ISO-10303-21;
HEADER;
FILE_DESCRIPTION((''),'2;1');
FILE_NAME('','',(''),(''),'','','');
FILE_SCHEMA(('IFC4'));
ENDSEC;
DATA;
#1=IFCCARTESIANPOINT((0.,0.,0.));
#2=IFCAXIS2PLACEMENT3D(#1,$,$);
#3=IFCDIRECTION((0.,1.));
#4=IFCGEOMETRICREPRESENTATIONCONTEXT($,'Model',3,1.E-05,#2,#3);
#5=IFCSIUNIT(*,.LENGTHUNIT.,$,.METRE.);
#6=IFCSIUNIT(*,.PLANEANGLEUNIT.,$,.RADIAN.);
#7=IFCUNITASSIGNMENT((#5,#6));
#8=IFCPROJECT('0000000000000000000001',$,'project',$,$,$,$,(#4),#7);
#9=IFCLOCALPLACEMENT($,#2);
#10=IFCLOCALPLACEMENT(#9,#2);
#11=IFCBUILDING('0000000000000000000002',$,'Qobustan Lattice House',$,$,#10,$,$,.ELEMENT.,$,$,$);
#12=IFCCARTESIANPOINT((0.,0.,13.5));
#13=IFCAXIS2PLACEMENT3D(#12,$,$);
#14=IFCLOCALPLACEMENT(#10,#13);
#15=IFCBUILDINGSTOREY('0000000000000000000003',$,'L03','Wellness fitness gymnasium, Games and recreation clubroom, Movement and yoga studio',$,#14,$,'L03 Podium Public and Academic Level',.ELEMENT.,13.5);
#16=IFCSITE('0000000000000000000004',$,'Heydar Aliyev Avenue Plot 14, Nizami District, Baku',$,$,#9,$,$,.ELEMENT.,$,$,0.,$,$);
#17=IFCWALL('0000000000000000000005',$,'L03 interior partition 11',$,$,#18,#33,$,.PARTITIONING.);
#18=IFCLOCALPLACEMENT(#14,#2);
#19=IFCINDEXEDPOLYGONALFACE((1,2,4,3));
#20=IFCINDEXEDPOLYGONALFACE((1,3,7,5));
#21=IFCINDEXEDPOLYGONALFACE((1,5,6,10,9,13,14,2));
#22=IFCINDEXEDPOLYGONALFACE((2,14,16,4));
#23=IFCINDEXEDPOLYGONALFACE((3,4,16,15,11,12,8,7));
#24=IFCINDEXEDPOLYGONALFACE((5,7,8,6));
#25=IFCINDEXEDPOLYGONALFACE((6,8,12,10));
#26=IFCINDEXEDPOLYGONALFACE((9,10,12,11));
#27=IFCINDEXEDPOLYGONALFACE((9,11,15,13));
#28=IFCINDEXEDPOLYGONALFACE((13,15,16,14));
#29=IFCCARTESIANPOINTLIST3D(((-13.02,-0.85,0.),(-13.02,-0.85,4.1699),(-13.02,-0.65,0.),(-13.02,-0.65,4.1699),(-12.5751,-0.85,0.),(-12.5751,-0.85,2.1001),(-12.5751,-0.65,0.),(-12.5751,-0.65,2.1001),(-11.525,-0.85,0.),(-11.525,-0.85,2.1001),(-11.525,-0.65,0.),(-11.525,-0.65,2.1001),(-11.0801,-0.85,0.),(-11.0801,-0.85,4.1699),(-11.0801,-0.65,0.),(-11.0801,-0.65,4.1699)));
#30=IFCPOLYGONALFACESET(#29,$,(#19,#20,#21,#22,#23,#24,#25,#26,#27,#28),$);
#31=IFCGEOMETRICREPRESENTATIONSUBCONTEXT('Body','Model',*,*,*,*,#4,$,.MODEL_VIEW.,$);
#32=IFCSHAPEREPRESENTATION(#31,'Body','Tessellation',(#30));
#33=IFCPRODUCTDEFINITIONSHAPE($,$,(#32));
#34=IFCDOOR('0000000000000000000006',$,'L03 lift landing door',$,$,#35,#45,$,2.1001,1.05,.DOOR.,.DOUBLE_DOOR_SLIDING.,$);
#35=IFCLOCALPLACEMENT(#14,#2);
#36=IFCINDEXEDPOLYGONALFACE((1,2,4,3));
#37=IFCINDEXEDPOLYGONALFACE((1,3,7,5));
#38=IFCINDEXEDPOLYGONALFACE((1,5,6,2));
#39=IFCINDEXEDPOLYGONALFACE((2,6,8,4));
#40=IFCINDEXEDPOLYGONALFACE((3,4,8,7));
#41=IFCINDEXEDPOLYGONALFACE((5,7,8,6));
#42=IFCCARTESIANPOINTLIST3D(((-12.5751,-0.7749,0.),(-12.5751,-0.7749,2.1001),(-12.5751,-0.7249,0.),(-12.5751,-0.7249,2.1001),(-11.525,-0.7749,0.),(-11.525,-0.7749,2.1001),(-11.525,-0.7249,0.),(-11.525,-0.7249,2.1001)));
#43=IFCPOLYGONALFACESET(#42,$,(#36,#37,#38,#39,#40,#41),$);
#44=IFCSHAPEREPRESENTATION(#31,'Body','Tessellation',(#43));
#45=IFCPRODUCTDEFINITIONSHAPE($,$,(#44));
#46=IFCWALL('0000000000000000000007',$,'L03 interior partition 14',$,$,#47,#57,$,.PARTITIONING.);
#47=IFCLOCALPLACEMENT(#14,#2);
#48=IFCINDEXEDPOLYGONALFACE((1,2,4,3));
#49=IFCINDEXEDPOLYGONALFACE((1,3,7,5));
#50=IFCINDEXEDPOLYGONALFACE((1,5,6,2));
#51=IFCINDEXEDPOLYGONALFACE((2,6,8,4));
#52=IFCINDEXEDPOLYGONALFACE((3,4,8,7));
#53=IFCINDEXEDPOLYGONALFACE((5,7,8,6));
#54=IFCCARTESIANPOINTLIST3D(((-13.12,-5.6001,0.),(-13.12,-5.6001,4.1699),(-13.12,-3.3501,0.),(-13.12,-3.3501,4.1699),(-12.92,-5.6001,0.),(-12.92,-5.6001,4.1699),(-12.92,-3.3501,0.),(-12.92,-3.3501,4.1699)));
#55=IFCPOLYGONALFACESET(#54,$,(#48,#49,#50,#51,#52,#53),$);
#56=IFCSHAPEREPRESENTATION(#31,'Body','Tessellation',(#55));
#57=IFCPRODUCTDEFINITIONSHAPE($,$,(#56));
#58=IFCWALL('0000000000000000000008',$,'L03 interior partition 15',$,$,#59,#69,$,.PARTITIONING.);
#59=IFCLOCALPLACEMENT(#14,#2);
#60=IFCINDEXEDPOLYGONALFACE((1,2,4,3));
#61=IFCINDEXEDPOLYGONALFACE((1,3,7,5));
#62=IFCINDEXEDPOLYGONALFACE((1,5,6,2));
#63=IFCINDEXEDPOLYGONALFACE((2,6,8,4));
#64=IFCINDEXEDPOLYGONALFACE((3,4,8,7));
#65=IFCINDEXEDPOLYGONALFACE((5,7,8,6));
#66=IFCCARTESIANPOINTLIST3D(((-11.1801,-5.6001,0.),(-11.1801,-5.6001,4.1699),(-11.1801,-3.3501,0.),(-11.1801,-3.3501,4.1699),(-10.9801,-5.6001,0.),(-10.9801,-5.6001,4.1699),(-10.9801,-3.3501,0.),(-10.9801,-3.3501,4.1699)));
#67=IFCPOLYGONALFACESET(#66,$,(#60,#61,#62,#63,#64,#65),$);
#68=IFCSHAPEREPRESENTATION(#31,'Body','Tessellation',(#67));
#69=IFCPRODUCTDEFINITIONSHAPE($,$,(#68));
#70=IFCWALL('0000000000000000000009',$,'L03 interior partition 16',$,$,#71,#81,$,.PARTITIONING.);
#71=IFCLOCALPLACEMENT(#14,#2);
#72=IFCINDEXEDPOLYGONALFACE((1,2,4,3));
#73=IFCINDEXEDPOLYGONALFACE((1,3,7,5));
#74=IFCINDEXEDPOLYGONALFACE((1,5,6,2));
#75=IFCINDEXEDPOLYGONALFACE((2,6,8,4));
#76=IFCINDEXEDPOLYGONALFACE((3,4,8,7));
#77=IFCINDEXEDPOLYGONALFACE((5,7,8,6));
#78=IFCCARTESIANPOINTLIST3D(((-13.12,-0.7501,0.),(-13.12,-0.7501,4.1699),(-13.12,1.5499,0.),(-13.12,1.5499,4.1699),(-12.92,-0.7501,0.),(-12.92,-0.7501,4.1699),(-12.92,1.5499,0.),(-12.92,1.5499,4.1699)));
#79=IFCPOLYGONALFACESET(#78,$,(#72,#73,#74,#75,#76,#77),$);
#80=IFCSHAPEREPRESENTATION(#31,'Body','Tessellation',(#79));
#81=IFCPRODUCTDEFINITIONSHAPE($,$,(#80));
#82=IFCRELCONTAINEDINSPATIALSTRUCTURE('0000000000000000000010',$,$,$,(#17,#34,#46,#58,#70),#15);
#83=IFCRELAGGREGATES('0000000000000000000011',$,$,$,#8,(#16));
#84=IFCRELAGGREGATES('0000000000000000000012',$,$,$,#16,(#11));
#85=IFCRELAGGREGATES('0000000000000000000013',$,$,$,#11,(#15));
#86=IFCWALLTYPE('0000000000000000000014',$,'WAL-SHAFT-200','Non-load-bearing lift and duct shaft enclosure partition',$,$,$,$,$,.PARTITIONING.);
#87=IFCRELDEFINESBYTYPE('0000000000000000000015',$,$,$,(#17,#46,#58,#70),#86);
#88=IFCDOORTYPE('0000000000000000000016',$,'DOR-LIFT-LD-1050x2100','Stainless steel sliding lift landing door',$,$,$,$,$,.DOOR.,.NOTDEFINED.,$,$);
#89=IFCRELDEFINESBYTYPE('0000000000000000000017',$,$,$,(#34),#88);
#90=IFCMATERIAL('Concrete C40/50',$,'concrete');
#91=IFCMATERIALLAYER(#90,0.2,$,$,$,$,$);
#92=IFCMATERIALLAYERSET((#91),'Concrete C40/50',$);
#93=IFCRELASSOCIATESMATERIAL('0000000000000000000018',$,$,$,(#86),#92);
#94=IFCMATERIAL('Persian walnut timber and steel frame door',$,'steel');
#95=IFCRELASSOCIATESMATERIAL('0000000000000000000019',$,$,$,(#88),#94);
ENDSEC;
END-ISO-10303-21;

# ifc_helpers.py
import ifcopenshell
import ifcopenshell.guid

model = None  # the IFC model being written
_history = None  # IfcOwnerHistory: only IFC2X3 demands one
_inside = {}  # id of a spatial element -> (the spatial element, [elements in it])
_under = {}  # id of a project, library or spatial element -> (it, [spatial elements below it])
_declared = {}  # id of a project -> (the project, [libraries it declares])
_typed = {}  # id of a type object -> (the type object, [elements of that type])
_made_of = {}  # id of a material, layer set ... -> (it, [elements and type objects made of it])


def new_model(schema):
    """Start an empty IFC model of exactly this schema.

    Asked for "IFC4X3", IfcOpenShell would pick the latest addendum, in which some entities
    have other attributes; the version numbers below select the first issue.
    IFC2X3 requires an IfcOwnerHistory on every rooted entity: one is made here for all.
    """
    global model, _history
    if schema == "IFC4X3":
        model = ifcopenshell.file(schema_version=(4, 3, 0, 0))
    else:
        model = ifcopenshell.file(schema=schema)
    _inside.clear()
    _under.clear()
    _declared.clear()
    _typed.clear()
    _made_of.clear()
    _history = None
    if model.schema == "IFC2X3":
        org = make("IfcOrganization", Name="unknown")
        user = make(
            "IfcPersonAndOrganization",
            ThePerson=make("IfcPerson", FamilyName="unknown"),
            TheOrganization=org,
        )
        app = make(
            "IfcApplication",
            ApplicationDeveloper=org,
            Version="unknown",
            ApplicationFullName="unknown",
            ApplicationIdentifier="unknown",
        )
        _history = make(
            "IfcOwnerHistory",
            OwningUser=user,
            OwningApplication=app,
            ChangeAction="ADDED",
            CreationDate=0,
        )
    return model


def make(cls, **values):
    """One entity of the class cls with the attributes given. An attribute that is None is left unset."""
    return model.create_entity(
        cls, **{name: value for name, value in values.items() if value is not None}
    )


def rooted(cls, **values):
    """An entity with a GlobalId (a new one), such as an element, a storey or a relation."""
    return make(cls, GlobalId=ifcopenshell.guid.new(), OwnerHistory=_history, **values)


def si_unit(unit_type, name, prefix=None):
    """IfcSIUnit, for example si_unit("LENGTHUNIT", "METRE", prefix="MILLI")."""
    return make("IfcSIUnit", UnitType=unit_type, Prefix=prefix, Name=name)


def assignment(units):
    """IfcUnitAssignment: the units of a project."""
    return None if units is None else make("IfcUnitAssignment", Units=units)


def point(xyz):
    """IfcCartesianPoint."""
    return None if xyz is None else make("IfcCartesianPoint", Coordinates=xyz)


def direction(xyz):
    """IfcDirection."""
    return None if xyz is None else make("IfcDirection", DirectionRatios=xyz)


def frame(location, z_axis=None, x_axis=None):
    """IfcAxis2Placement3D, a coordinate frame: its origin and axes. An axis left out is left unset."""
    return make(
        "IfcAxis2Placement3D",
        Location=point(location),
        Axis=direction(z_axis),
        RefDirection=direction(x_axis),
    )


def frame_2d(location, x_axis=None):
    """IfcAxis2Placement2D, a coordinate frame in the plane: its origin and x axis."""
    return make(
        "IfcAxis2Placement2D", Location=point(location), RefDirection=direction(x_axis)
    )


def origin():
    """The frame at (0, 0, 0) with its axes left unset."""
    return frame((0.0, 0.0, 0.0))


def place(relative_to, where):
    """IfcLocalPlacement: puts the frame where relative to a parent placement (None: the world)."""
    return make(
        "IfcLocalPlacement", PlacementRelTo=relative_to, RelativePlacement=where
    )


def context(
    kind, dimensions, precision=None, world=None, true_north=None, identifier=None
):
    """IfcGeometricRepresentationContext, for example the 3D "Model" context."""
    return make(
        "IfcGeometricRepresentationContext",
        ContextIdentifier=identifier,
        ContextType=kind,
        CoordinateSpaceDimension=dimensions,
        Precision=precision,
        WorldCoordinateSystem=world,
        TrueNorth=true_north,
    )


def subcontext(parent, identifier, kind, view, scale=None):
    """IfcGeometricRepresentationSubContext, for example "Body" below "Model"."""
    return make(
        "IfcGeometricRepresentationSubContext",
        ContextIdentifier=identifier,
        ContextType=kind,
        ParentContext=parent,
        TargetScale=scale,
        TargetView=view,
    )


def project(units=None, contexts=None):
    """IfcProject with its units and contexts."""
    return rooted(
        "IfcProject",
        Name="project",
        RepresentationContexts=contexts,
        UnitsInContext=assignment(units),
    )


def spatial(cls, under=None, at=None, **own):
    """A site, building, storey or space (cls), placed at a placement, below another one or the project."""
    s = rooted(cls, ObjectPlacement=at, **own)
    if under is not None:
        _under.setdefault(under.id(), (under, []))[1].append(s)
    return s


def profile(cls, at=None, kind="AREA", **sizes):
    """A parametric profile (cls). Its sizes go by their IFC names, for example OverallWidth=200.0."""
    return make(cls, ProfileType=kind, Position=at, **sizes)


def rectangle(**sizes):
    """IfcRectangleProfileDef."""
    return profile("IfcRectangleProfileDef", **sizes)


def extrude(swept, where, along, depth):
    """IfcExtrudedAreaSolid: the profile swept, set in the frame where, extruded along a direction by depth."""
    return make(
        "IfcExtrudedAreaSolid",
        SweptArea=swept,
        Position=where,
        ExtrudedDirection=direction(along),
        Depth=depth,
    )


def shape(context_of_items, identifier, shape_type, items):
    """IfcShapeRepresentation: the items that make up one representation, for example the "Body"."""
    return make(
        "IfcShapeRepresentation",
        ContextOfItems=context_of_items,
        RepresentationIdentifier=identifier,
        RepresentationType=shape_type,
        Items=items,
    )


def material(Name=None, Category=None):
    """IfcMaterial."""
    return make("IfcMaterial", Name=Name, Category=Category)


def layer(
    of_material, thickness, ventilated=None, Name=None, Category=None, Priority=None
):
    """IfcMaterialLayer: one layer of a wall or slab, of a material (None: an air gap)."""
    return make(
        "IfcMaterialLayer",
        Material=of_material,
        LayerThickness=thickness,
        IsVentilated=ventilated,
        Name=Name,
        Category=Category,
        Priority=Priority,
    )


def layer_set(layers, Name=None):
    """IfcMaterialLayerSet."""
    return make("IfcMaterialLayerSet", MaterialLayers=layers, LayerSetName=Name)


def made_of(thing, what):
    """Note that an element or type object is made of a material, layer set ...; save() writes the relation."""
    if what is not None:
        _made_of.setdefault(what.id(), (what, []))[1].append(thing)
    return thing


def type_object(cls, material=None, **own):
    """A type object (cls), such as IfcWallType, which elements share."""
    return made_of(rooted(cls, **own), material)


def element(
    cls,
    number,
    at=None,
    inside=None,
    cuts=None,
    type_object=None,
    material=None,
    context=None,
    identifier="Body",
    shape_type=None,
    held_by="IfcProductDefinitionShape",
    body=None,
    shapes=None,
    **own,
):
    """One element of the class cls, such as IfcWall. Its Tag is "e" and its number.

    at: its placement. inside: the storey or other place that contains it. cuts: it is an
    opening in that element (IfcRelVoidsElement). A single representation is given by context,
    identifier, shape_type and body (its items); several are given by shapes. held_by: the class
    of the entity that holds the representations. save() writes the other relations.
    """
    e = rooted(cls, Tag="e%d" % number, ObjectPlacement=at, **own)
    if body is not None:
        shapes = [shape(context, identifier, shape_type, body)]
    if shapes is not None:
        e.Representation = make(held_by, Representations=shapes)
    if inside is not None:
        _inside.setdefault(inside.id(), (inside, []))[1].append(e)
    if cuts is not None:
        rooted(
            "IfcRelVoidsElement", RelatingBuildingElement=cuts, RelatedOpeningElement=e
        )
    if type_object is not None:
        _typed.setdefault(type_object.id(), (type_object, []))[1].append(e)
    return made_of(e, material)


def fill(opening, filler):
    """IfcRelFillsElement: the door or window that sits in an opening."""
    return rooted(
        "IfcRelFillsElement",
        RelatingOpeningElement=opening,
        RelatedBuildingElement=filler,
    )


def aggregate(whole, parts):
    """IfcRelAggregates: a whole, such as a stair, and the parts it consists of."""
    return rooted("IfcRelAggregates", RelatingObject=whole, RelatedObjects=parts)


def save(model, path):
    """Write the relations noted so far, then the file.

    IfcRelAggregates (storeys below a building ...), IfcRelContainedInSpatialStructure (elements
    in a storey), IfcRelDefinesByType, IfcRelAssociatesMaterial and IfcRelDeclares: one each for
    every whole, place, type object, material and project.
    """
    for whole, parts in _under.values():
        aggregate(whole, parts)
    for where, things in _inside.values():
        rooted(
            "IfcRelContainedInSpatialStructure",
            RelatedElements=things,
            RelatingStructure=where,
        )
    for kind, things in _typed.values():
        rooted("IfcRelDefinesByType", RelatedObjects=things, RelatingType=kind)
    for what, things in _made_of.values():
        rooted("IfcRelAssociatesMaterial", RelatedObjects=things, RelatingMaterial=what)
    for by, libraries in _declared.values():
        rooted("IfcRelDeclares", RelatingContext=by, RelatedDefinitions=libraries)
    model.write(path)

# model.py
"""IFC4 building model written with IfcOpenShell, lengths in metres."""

from ifc_helpers import new_model, si_unit, direction, frame, frame_2d, origin, place, context, subcontext, project, spatial, rectangle, extrude, material, layer, layer_set, type_object, element, fill, save


model = new_model("IFC4")

# Units and contexts
model_context = context("Model", 3, precision=1e-05, world=origin(), true_north=direction((0.0, 1.0)))
body_context = subcontext(model_context, "Body", "Model", "MODEL_VIEW")
ifc_project = project(units=[si_unit("LENGTHUNIT", "METRE"), si_unit("PLANEANGLEUNIT", "RADIAN")], contexts=[model_context])

# Site, building, storey
site_placement = place(None, origin())
site = spatial("IfcSite", under=ifc_project, at=site_placement, Name="Heydar Aliyev Avenue Plot 14, Nizami District, Baku", CompositionType="ELEMENT", RefElevation=0.0)
building_placement = place(site_placement, origin())
building = spatial("IfcBuilding", under=site, at=building_placement, Name="Qobustan Lattice House", CompositionType="ELEMENT")
storey_placement = place(building_placement, frame((0.0, 0.0, 13.5)))
storey = spatial("IfcBuildingStorey", under=building, at=storey_placement, Name="L03", Description="Wellness fitness gymnasium, Games and recreation clubroom, Movement and yoga studio", LongName="L03 Podium Public and Academic Level", CompositionType="ELEMENT", Elevation=13.5)

# Shared definitions
ifc_material_1 = material(Name="Concrete C40/50", Category="concrete")
ifc_layer_1 = layer(ifc_material_1, 0.2)
ifc_layer_set_1 = layer_set([ifc_layer_1], Name="Concrete C40/50")
wall_type_1 = type_object("IfcWallType", Name="WAL-SHAFT-200", Description="Non-load-bearing lift and duct shaft enclosure partition", PredefinedType="PARTITIONING", material=ifc_layer_set_1)

# Shared definitions
ifc_material_2 = material(Name="Persian walnut timber and steel frame door", Category="steel")
door_type_1 = type_object("IfcDoorType", Name="DOR-LIFT-LD-1050x2100", Description="Stainless steel sliding lift landing door", OperationType="NOTDEFINED", PredefinedType="DOOR", material=ifc_material_2)

# Wall, opening, door
wall_1_placement = place(storey_placement, frame((-11.0801, -0.75, 0.0), z_axis=(0.0, 0.0, 1.0), x_axis=(-1.0, 0.0, 0.0)))
wall_1 = element("IfcWall", 1, at=wall_1_placement, inside=storey, type_object=wall_type_1, Name="L03 interior partition 11", PredefinedType="PARTITIONING", context=body_context, shape_type="SweptSolid", body=[
    extrude(rectangle(XDim=1.9399, YDim=0.2, at=frame_2d((0.97, 0.0))), origin(), (0.0, 0.0, 1.0), 4.1699),
])
opening_1_placement = place(wall_1_placement, frame((0.4451, 0.0, 0.0)))
opening_1 = element("IfcOpeningElement", 2, at=opening_1_placement, cuts=wall_1, PredefinedType="OPENING", context=body_context, shape_type="SweptSolid", body=[
    extrude(rectangle(XDim=1.05, YDim=2.1001, at=frame_2d((0.5249, 1.05))), frame((0.0, 0.1099, 0.0), z_axis=(0.0, -1.0, 0.0), x_axis=(1.0, 0.0, 0.0)), (0.0, 0.0, 1.0), 0.22),
])
door_1_placement = place(opening_1_placement, origin())
door_1 = element("IfcDoor", 3, at=door_1_placement, inside=storey, type_object=door_type_1, Name="L03 lift landing door", OperationType="DOUBLE_DOOR_SLIDING", OverallHeight=2.1001, OverallWidth=1.05, PredefinedType="DOOR", context=body_context, shape_type="SweptSolid", body=[
    extrude(rectangle(XDim=1.05, YDim=2.1001, at=frame_2d((0.5249, 1.05))), frame((0.0, 0.0249, 0.0), z_axis=(0.0, -1.0, 0.0), x_axis=(1.0, 0.0, 0.0)), (0.0, 0.0, 1.0), 0.05),
])
fill(opening_1, door_1)

# Walls
for number, where, z_axis, x_axis, name in (
    (4, (-13.02, -5.6001, 0.0), (0.0, 0.0, 1.0), (0.0, 1.0, 0.0), "L03 interior partition 14"),
    (5, (-11.0801, -5.6001, 0.0), (0.0, 0.0, 1.0), (0.0, 1.0, 0.0), "L03 interior partition 15"),
):
    element("IfcWall", number, at=place(storey_placement, frame(where, z_axis=z_axis, x_axis=x_axis)), inside=storey, type_object=wall_type_1, Name=name, PredefinedType="PARTITIONING", context=body_context, shape_type="SweptSolid", body=[
        extrude(rectangle(XDim=2.25, YDim=0.2, at=frame_2d((1.125, 0.0))), origin(), (0.0, 0.0, 1.0), 4.1699),
    ])
wall_2_placement = place(storey_placement, frame((-13.02, -0.75, 0.0), z_axis=(0.0, 0.0, 1.0), x_axis=(0.0, 1.0, 0.0)))
element("IfcWall", 6, at=wall_2_placement, inside=storey, type_object=wall_type_1, Name="L03 interior partition 16", PredefinedType="PARTITIONING", context=body_context, shape_type="SweptSolid", body=[
    extrude(rectangle(XDim=2.3, YDim=0.2, at=frame_2d((1.1499, 0.0))), origin(), (0.0, 0.0, 1.0), 4.1699),
])

save(model, "model.ifc")
